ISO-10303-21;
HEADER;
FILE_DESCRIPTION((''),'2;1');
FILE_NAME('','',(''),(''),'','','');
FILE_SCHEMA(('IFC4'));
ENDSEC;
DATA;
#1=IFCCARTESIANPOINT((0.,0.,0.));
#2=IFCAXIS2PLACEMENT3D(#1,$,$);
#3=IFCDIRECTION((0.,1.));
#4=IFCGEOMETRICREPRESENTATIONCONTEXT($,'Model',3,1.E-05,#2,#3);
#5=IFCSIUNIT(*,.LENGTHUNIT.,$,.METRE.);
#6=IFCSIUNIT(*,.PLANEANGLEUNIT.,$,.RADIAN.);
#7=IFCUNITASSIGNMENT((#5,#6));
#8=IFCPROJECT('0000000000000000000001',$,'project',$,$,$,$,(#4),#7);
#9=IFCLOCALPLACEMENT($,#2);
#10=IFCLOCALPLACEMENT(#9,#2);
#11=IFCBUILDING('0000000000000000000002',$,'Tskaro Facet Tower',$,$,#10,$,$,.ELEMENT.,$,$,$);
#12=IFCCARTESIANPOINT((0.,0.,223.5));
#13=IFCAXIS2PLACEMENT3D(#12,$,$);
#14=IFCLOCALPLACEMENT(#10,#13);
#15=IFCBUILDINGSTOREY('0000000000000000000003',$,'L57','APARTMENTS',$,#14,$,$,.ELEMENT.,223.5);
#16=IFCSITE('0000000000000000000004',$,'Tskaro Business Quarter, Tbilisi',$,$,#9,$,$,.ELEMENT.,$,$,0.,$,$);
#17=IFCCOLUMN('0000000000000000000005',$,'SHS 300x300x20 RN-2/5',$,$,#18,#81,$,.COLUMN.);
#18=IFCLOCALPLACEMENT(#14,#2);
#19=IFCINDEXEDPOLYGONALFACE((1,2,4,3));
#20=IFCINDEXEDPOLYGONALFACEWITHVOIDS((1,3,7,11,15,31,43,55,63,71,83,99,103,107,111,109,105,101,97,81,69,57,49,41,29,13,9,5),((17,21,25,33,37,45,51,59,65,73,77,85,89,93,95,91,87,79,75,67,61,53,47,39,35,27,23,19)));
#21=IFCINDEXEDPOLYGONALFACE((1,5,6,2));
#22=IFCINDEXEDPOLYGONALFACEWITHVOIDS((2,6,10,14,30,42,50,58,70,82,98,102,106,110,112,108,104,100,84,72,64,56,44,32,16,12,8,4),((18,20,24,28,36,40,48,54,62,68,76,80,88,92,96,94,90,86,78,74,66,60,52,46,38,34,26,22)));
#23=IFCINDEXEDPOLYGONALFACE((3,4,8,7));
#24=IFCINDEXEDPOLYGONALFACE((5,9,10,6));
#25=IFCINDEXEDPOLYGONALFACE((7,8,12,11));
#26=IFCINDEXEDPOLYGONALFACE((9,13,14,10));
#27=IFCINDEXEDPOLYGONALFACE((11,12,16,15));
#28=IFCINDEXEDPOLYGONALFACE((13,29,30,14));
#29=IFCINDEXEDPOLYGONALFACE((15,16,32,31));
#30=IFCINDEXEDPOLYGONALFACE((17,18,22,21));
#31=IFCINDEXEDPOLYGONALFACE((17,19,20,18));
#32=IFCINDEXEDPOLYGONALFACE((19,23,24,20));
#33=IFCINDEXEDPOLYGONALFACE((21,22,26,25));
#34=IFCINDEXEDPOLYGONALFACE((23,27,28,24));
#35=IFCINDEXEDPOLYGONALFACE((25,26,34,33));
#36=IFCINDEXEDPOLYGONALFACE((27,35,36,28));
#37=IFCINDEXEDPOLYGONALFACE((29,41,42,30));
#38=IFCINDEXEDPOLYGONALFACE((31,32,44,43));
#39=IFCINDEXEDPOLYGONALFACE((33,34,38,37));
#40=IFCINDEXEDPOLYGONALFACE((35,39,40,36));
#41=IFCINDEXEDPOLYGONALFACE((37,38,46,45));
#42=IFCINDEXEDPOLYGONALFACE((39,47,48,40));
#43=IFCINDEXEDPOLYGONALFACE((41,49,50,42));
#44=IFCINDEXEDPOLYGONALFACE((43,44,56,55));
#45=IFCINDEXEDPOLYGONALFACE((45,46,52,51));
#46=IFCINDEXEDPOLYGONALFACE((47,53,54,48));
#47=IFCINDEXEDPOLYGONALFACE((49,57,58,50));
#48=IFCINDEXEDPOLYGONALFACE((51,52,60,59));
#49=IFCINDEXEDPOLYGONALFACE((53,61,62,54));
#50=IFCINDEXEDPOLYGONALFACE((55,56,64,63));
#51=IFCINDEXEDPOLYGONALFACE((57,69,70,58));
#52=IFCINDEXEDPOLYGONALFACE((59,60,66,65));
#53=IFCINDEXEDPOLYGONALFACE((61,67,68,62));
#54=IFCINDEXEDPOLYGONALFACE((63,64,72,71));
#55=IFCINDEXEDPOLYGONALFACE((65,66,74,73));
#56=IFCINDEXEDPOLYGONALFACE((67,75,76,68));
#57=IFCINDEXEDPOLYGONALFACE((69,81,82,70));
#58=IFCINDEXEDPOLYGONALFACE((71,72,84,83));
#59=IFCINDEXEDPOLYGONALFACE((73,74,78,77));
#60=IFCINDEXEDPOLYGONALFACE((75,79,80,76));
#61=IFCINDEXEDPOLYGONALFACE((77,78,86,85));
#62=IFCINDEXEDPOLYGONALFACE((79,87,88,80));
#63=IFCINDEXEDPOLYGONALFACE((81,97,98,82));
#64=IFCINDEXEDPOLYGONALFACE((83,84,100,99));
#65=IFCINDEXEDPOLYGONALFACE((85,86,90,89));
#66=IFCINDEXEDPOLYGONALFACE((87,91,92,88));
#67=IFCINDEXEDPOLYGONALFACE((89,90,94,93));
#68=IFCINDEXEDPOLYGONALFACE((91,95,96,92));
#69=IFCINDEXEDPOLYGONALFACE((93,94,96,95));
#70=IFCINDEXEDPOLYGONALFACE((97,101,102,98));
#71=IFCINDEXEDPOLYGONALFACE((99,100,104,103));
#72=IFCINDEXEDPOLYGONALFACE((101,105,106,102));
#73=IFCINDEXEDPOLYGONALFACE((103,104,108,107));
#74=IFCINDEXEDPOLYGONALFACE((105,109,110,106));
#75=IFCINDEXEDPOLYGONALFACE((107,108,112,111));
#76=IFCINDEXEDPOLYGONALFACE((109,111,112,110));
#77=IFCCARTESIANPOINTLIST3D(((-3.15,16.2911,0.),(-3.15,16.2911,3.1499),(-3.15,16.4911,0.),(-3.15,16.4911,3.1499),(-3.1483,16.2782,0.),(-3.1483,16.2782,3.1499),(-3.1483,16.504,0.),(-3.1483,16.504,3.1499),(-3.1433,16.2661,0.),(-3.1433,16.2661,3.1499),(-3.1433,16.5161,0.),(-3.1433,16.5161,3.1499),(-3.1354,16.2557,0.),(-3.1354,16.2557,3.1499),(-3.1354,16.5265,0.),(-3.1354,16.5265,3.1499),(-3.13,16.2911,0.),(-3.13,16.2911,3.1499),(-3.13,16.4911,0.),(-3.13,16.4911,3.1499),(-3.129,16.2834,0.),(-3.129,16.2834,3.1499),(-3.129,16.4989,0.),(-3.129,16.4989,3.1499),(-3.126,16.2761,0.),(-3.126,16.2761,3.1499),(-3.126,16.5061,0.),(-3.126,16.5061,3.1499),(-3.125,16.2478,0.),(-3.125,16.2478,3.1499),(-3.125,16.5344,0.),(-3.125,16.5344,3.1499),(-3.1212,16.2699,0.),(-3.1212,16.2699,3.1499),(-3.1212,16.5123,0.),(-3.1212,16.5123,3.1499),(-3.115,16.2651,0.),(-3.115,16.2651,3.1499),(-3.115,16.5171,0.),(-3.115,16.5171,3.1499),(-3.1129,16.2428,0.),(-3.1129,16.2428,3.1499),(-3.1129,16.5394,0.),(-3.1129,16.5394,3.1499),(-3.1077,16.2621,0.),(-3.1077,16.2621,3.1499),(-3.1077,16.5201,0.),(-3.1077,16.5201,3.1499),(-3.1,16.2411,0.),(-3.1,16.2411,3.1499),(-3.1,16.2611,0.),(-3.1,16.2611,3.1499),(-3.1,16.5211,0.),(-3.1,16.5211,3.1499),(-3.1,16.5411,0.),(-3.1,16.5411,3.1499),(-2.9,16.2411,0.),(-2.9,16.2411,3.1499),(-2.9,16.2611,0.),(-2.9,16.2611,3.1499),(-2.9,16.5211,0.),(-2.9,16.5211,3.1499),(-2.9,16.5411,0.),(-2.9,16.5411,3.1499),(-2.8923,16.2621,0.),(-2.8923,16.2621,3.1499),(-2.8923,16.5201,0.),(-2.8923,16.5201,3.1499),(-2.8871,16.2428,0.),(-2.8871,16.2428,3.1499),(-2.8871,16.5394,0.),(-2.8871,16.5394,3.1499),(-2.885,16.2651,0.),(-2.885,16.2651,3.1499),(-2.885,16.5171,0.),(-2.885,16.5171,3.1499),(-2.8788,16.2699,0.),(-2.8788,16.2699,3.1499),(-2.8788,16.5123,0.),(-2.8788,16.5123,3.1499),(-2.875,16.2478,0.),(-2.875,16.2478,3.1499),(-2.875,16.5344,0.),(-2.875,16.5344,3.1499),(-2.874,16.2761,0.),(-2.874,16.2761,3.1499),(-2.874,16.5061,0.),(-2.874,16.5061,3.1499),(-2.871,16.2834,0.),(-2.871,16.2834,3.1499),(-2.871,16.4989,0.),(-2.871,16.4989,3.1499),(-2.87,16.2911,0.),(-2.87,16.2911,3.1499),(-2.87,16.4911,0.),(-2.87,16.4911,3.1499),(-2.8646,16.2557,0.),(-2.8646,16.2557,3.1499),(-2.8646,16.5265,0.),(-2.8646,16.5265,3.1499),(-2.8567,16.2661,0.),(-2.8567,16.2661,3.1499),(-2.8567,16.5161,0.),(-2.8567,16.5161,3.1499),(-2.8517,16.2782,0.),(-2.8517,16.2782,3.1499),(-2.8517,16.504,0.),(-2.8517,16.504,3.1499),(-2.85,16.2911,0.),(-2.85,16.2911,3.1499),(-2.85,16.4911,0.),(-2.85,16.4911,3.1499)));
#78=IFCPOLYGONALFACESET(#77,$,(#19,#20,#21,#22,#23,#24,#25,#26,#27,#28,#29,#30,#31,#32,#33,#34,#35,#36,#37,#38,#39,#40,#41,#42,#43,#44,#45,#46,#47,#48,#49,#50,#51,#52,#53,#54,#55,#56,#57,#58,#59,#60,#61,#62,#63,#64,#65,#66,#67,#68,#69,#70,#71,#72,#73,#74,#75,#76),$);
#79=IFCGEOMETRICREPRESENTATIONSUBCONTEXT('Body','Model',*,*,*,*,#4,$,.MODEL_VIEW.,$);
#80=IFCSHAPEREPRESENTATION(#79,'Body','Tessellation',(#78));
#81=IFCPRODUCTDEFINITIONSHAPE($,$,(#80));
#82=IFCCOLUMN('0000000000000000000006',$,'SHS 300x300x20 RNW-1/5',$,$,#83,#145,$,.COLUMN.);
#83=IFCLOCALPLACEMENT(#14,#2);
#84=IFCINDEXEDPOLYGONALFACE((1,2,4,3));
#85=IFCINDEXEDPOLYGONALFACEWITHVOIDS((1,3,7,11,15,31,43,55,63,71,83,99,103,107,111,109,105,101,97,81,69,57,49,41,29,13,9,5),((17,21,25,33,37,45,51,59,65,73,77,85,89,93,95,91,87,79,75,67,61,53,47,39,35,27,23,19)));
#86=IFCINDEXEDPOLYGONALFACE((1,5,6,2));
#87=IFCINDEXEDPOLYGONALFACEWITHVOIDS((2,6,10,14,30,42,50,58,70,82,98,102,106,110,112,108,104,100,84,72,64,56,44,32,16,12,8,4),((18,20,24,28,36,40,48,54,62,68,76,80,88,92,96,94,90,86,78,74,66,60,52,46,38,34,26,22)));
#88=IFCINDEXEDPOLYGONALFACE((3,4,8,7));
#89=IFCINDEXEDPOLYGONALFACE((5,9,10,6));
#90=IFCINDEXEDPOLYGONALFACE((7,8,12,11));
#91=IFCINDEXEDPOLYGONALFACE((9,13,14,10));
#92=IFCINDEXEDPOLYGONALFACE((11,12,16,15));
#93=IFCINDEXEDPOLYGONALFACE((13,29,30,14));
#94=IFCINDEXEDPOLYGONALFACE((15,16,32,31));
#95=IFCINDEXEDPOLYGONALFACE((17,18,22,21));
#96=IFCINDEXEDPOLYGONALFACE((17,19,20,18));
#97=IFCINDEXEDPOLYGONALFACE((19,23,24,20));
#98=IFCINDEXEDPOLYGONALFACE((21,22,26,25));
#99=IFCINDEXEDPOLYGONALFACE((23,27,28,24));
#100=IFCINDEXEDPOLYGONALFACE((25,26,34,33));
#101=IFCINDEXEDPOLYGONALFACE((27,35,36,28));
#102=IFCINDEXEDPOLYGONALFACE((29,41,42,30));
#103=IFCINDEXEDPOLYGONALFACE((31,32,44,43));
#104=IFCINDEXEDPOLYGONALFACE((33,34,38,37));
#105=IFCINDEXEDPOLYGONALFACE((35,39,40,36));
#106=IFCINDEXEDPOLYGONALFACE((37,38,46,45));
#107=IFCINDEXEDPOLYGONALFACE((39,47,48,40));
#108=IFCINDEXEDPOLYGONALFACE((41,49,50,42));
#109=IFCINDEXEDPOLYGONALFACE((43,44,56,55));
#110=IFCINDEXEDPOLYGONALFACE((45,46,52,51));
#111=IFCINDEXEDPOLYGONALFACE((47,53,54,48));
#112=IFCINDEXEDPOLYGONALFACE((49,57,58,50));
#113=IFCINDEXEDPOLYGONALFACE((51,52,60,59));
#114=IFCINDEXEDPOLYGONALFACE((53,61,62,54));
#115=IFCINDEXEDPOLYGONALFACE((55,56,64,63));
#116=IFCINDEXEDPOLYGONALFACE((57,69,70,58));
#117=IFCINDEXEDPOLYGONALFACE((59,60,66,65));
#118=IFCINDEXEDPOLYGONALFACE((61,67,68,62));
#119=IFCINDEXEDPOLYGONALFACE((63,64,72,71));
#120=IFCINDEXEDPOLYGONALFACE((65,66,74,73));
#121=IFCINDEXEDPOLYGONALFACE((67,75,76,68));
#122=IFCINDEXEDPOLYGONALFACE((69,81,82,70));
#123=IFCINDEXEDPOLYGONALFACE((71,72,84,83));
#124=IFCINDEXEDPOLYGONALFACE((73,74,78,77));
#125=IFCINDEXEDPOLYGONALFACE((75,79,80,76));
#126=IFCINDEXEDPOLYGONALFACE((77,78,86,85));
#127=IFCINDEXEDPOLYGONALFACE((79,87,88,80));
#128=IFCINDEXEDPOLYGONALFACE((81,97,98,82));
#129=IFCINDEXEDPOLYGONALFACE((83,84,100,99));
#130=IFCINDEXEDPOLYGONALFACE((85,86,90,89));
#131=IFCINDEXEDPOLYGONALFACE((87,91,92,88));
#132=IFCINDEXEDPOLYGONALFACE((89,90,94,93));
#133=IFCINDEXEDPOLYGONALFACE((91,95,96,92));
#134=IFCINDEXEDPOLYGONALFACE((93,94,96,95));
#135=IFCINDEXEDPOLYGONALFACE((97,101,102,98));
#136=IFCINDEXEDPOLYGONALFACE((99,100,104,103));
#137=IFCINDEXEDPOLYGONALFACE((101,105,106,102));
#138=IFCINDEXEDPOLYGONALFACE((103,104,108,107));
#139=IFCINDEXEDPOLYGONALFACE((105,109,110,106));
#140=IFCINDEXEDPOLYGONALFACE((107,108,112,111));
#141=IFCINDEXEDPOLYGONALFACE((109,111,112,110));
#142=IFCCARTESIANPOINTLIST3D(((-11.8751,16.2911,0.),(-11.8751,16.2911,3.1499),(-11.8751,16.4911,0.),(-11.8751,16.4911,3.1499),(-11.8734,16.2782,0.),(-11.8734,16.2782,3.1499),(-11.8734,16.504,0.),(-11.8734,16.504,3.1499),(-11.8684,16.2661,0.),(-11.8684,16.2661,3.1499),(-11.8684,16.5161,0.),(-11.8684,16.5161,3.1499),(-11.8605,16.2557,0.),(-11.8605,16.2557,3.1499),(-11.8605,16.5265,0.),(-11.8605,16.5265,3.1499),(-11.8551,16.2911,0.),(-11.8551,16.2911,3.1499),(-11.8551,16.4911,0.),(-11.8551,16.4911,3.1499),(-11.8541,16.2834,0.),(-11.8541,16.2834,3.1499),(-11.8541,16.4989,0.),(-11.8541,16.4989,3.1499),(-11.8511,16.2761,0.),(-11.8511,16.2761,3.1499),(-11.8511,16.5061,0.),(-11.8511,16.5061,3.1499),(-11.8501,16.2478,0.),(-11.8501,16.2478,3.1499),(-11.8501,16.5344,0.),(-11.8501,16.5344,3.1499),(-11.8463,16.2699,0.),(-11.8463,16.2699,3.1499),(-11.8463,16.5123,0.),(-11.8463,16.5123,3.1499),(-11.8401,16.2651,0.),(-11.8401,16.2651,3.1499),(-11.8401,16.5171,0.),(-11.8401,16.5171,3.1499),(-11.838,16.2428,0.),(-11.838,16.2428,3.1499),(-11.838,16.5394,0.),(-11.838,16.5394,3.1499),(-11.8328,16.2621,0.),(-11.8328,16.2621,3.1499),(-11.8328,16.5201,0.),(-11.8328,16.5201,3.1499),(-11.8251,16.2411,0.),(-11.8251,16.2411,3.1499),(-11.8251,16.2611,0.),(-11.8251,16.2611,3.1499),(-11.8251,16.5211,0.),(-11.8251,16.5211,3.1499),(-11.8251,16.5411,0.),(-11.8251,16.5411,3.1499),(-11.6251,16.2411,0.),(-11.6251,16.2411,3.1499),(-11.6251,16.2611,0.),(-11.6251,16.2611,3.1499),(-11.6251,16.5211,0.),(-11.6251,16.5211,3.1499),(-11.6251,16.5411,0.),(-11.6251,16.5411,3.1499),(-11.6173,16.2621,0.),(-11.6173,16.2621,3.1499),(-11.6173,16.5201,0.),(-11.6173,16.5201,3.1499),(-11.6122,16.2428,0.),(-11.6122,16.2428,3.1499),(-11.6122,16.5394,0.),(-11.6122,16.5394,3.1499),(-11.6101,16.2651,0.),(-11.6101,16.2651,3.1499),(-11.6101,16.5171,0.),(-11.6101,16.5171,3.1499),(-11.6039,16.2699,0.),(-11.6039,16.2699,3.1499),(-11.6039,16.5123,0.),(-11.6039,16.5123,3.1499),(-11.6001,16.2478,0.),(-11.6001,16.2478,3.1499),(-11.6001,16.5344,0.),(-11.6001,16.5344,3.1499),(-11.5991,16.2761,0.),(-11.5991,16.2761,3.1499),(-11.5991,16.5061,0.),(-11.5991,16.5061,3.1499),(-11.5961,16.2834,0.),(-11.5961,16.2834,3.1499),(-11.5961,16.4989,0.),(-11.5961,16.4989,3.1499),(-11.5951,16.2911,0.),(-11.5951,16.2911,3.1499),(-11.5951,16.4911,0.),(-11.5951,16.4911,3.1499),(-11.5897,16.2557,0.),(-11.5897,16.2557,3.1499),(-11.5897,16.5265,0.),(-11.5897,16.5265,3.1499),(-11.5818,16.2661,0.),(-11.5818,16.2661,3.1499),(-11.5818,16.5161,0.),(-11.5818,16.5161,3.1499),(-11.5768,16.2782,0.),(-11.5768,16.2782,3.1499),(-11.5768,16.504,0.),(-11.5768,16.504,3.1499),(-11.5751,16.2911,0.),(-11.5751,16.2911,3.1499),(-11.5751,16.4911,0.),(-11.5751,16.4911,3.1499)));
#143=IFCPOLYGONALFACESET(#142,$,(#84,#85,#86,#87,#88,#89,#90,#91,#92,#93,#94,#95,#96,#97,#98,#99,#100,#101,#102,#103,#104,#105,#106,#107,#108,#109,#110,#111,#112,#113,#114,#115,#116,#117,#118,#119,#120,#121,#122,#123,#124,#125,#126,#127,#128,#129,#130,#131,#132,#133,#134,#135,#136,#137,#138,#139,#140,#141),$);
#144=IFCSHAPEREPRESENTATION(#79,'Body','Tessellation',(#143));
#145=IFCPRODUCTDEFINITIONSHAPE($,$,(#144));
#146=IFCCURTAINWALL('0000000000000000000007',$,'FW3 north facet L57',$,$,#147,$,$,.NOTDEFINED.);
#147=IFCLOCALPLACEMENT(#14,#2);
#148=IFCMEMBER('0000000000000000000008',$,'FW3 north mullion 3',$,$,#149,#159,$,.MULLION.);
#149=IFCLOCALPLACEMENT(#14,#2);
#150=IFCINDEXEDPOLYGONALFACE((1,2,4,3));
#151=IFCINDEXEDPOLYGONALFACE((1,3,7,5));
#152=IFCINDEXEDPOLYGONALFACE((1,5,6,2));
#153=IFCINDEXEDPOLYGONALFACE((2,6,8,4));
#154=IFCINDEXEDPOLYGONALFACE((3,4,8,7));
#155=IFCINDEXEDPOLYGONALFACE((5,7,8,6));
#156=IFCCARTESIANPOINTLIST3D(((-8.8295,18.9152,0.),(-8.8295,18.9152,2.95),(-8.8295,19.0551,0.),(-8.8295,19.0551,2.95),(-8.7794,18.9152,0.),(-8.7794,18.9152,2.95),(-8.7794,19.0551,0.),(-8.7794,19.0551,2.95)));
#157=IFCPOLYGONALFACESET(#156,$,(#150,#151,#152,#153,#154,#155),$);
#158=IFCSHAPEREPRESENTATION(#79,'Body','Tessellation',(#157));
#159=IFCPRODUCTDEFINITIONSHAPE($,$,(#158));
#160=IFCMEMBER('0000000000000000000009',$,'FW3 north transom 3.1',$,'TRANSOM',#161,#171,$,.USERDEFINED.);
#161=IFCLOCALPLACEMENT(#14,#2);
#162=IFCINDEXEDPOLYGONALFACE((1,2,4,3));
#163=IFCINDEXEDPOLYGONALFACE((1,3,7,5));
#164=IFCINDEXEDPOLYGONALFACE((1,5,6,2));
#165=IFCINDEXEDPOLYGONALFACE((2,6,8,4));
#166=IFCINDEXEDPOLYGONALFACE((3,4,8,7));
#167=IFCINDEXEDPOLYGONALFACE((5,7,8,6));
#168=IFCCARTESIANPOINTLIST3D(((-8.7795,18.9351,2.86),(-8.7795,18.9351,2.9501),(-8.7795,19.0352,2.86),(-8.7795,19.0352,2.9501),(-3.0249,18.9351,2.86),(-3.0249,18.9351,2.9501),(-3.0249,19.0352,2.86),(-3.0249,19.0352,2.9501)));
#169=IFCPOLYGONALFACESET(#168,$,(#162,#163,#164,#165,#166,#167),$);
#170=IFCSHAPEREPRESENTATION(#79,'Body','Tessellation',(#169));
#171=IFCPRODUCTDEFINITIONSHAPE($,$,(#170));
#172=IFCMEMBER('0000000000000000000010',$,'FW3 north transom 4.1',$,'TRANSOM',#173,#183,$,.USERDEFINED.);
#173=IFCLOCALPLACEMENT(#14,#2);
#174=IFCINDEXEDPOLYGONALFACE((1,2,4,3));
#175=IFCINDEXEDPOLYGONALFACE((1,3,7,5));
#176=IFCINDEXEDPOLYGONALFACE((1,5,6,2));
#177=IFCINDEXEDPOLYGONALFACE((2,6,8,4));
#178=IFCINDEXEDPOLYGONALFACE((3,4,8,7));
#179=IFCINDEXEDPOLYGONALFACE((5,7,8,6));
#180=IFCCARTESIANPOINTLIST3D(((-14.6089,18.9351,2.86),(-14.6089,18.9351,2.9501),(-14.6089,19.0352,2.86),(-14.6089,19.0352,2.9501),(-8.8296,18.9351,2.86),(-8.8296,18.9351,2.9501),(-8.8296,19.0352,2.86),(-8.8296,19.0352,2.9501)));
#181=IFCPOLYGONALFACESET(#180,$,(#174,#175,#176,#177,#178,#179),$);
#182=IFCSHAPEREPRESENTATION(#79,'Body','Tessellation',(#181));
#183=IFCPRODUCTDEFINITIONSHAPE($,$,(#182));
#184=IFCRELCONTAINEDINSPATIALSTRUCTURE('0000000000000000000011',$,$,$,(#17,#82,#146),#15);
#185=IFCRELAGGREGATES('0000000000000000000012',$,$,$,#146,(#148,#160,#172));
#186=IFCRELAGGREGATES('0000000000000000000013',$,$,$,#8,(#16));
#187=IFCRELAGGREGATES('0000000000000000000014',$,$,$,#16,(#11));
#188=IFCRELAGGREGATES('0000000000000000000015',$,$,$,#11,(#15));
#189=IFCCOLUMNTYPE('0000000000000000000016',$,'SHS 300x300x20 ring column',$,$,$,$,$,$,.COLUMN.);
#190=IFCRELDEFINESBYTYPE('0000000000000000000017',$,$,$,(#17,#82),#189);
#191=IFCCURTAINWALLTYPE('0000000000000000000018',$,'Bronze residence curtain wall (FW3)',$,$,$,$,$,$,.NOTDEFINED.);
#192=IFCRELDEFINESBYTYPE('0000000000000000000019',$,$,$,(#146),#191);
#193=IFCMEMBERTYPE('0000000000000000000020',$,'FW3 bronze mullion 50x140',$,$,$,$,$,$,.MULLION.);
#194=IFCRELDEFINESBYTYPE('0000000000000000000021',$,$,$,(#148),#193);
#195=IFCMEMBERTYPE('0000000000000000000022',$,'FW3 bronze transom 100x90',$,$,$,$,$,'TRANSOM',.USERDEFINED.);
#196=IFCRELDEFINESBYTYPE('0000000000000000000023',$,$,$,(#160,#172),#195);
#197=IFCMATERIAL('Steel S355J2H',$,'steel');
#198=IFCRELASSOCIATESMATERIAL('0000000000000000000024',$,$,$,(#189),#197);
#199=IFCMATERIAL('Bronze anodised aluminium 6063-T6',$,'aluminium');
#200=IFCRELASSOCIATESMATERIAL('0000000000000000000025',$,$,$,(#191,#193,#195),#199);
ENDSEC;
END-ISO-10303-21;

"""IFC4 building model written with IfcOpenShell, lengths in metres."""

from ifc_helpers import new_model, si_unit, direction, frame, origin, origin_2d, place, context, subcontext, project, spatial, rectangle, hollow_rectangle, extrude, material, material_profile, profile_set, type_object, element, aggregate, save


model = new_model("IFC4")

# Units and contexts
model_context = context("Model", 3, precision=1e-05, world=origin(), true_north=direction((0.0, 1.0)))
body_context = subcontext(model_context, "Body", "Model", "MODEL_VIEW")
ifc_project = project(units=[si_unit("LENGTHUNIT", "METRE"), si_unit("PLANEANGLEUNIT", "RADIAN")], contexts=[model_context])

# Site, building, storey
site_placement = place(None, origin())
site = spatial("IfcSite", under=ifc_project, at=site_placement, Name="Tskaro Business Quarter, Tbilisi", CompositionType="ELEMENT", RefElevation=0.0)
building_placement = place(site_placement, origin())
building = spatial("IfcBuilding", under=site, at=building_placement, Name="Tskaro Facet Tower", CompositionType="ELEMENT")
storey_placement = place(building_placement, frame((0.0, 0.0, 223.5)))
storey = spatial("IfcBuildingStorey", under=building, at=storey_placement, Name="L57", Description="APARTMENTS", CompositionType="ELEMENT", Elevation=223.5)

# Columns
ifc_material_1 = material(Name="Steel S355J2H", Category="steel")
ifc_material_profile_1 = material_profile(ifc_material_1, hollow_rectangle(XDim=0.3, YDim=0.3, WallThickness=0.02, InnerFilletRadius=0.03, OuterFilletRadius=0.05, at=origin_2d()), Name="SHS 300x300x20")
ifc_profile_set_1 = profile_set([ifc_material_profile_1], Name="Steel S355J2H")
column_type = type_object("IfcColumnType", Name="SHS 300x300x20 ring column", PredefinedType="COLUMN", material=ifc_profile_set_1)
for number, where, z_axis, x_axis, name in (
    (1, (-3.0, 16.3911, 0.0), (0.0, 0.0, 1.0), (1.0, 0.0, 0.0), "SHS 300x300x20 RN-2/5"),
    (2, (-11.7251, 16.3911, 0.0), (0.0, 0.0, 1.0), (1.0, 0.0, 0.0), "SHS 300x300x20 RNW-1/5"),
):
    element("IfcColumn", number, at=place(storey_placement, frame(where, z_axis=z_axis, x_axis=x_axis)), inside=storey, type_object=column_type, Name=name, PredefinedType="COLUMN", context=body_context, shape_type="SweptSolid", body=[
        extrude(hollow_rectangle(XDim=0.3, YDim=0.3, WallThickness=0.02, InnerFilletRadius=0.03, OuterFilletRadius=0.05, at=origin_2d()), origin(), (0.0, 0.0, 1.0), 3.1499),
    ])

# Curtain wall, members
ifc_material_2 = material(Name="Bronze anodised aluminium 6063-T6", Category="aluminium")
curtain_wall_type = type_object("IfcCurtainWallType", Name="Bronze residence curtain wall (FW3)", PredefinedType="NOTDEFINED", material=ifc_material_2)
curtain_wall_placement = place(storey_placement, origin())
curtain_wall = element("IfcCurtainWall", 3, at=curtain_wall_placement, inside=storey, type_object=curtain_wall_type, Name="FW3 north facet L57", PredefinedType="NOTDEFINED")
ifc_material_profile_2 = material_profile(ifc_material_2, rectangle(XDim=0.05, YDim=0.1399, at=origin_2d()), Name="Mullion 50x140")
ifc_profile_set_2 = profile_set([ifc_material_profile_2], Name="Bronze anodised aluminium 6063-T6")
member_type_1 = type_object("IfcMemberType", Name="FW3 bronze mullion 50x140", PredefinedType="MULLION", material=ifc_profile_set_2)
member_1_placement = place(storey_placement, frame((-8.8044, 18.9851, 0.0), z_axis=(0.0, 0.0, 1.0), x_axis=(-1.0, 0.0, 0.0)))
member_1 = element("IfcMember", 4, at=member_1_placement, type_object=member_type_1, Name="FW3 north mullion 3", PredefinedType="MULLION", context=body_context, shape_type="SweptSolid", body=[
    extrude(rectangle(XDim=0.05, YDim=0.1399, at=origin_2d()), origin(), (0.0, 0.0, 1.0), 2.95),
])
ifc_material_profile_3 = material_profile(ifc_material_2, rectangle(XDim=0.1001, YDim=0.0901, at=origin_2d()), Name="Transom 100x90")
ifc_profile_set_3 = profile_set([ifc_material_profile_3], Name="Bronze anodised aluminium 6063-T6")
member_type_2 = type_object("IfcMemberType", Name="FW3 bronze transom 100x90", ElementType="TRANSOM", PredefinedType="USERDEFINED", material=ifc_profile_set_3)
member_2_placement = place(storey_placement, frame((-3.0249, 18.9851, 2.905), z_axis=(-1.0, 0.0, 0.0), x_axis=(0.0, -1.0, 0.0)))
member_2 = element("IfcMember", 5, at=member_2_placement, type_object=member_type_2, Name="FW3 north transom 3.1", ObjectType="TRANSOM", PredefinedType="USERDEFINED", context=body_context, shape_type="SweptSolid", body=[
    extrude(rectangle(XDim=0.1001, YDim=0.0901, at=origin_2d()), origin(), (0.0, 0.0, 1.0), 5.7546),
])
member_3_placement = place(storey_placement, frame((-8.8296, 18.9851, 2.905), z_axis=(-1.0, 0.0, 0.0), x_axis=(0.0, -1.0, 0.0)))
member_3 = element("IfcMember", 6, at=member_3_placement, type_object=member_type_2, Name="FW3 north transom 4.1", ObjectType="TRANSOM", PredefinedType="USERDEFINED", context=body_context, shape_type="SweptSolid", body=[
    extrude(rectangle(XDim=0.1001, YDim=0.0901, at=origin_2d()), origin(), (0.0, 0.0, 1.0), 5.7793),
])

aggregate(curtain_wall, [member_1, member_2, member_3])

save(model, "model.ifc")
